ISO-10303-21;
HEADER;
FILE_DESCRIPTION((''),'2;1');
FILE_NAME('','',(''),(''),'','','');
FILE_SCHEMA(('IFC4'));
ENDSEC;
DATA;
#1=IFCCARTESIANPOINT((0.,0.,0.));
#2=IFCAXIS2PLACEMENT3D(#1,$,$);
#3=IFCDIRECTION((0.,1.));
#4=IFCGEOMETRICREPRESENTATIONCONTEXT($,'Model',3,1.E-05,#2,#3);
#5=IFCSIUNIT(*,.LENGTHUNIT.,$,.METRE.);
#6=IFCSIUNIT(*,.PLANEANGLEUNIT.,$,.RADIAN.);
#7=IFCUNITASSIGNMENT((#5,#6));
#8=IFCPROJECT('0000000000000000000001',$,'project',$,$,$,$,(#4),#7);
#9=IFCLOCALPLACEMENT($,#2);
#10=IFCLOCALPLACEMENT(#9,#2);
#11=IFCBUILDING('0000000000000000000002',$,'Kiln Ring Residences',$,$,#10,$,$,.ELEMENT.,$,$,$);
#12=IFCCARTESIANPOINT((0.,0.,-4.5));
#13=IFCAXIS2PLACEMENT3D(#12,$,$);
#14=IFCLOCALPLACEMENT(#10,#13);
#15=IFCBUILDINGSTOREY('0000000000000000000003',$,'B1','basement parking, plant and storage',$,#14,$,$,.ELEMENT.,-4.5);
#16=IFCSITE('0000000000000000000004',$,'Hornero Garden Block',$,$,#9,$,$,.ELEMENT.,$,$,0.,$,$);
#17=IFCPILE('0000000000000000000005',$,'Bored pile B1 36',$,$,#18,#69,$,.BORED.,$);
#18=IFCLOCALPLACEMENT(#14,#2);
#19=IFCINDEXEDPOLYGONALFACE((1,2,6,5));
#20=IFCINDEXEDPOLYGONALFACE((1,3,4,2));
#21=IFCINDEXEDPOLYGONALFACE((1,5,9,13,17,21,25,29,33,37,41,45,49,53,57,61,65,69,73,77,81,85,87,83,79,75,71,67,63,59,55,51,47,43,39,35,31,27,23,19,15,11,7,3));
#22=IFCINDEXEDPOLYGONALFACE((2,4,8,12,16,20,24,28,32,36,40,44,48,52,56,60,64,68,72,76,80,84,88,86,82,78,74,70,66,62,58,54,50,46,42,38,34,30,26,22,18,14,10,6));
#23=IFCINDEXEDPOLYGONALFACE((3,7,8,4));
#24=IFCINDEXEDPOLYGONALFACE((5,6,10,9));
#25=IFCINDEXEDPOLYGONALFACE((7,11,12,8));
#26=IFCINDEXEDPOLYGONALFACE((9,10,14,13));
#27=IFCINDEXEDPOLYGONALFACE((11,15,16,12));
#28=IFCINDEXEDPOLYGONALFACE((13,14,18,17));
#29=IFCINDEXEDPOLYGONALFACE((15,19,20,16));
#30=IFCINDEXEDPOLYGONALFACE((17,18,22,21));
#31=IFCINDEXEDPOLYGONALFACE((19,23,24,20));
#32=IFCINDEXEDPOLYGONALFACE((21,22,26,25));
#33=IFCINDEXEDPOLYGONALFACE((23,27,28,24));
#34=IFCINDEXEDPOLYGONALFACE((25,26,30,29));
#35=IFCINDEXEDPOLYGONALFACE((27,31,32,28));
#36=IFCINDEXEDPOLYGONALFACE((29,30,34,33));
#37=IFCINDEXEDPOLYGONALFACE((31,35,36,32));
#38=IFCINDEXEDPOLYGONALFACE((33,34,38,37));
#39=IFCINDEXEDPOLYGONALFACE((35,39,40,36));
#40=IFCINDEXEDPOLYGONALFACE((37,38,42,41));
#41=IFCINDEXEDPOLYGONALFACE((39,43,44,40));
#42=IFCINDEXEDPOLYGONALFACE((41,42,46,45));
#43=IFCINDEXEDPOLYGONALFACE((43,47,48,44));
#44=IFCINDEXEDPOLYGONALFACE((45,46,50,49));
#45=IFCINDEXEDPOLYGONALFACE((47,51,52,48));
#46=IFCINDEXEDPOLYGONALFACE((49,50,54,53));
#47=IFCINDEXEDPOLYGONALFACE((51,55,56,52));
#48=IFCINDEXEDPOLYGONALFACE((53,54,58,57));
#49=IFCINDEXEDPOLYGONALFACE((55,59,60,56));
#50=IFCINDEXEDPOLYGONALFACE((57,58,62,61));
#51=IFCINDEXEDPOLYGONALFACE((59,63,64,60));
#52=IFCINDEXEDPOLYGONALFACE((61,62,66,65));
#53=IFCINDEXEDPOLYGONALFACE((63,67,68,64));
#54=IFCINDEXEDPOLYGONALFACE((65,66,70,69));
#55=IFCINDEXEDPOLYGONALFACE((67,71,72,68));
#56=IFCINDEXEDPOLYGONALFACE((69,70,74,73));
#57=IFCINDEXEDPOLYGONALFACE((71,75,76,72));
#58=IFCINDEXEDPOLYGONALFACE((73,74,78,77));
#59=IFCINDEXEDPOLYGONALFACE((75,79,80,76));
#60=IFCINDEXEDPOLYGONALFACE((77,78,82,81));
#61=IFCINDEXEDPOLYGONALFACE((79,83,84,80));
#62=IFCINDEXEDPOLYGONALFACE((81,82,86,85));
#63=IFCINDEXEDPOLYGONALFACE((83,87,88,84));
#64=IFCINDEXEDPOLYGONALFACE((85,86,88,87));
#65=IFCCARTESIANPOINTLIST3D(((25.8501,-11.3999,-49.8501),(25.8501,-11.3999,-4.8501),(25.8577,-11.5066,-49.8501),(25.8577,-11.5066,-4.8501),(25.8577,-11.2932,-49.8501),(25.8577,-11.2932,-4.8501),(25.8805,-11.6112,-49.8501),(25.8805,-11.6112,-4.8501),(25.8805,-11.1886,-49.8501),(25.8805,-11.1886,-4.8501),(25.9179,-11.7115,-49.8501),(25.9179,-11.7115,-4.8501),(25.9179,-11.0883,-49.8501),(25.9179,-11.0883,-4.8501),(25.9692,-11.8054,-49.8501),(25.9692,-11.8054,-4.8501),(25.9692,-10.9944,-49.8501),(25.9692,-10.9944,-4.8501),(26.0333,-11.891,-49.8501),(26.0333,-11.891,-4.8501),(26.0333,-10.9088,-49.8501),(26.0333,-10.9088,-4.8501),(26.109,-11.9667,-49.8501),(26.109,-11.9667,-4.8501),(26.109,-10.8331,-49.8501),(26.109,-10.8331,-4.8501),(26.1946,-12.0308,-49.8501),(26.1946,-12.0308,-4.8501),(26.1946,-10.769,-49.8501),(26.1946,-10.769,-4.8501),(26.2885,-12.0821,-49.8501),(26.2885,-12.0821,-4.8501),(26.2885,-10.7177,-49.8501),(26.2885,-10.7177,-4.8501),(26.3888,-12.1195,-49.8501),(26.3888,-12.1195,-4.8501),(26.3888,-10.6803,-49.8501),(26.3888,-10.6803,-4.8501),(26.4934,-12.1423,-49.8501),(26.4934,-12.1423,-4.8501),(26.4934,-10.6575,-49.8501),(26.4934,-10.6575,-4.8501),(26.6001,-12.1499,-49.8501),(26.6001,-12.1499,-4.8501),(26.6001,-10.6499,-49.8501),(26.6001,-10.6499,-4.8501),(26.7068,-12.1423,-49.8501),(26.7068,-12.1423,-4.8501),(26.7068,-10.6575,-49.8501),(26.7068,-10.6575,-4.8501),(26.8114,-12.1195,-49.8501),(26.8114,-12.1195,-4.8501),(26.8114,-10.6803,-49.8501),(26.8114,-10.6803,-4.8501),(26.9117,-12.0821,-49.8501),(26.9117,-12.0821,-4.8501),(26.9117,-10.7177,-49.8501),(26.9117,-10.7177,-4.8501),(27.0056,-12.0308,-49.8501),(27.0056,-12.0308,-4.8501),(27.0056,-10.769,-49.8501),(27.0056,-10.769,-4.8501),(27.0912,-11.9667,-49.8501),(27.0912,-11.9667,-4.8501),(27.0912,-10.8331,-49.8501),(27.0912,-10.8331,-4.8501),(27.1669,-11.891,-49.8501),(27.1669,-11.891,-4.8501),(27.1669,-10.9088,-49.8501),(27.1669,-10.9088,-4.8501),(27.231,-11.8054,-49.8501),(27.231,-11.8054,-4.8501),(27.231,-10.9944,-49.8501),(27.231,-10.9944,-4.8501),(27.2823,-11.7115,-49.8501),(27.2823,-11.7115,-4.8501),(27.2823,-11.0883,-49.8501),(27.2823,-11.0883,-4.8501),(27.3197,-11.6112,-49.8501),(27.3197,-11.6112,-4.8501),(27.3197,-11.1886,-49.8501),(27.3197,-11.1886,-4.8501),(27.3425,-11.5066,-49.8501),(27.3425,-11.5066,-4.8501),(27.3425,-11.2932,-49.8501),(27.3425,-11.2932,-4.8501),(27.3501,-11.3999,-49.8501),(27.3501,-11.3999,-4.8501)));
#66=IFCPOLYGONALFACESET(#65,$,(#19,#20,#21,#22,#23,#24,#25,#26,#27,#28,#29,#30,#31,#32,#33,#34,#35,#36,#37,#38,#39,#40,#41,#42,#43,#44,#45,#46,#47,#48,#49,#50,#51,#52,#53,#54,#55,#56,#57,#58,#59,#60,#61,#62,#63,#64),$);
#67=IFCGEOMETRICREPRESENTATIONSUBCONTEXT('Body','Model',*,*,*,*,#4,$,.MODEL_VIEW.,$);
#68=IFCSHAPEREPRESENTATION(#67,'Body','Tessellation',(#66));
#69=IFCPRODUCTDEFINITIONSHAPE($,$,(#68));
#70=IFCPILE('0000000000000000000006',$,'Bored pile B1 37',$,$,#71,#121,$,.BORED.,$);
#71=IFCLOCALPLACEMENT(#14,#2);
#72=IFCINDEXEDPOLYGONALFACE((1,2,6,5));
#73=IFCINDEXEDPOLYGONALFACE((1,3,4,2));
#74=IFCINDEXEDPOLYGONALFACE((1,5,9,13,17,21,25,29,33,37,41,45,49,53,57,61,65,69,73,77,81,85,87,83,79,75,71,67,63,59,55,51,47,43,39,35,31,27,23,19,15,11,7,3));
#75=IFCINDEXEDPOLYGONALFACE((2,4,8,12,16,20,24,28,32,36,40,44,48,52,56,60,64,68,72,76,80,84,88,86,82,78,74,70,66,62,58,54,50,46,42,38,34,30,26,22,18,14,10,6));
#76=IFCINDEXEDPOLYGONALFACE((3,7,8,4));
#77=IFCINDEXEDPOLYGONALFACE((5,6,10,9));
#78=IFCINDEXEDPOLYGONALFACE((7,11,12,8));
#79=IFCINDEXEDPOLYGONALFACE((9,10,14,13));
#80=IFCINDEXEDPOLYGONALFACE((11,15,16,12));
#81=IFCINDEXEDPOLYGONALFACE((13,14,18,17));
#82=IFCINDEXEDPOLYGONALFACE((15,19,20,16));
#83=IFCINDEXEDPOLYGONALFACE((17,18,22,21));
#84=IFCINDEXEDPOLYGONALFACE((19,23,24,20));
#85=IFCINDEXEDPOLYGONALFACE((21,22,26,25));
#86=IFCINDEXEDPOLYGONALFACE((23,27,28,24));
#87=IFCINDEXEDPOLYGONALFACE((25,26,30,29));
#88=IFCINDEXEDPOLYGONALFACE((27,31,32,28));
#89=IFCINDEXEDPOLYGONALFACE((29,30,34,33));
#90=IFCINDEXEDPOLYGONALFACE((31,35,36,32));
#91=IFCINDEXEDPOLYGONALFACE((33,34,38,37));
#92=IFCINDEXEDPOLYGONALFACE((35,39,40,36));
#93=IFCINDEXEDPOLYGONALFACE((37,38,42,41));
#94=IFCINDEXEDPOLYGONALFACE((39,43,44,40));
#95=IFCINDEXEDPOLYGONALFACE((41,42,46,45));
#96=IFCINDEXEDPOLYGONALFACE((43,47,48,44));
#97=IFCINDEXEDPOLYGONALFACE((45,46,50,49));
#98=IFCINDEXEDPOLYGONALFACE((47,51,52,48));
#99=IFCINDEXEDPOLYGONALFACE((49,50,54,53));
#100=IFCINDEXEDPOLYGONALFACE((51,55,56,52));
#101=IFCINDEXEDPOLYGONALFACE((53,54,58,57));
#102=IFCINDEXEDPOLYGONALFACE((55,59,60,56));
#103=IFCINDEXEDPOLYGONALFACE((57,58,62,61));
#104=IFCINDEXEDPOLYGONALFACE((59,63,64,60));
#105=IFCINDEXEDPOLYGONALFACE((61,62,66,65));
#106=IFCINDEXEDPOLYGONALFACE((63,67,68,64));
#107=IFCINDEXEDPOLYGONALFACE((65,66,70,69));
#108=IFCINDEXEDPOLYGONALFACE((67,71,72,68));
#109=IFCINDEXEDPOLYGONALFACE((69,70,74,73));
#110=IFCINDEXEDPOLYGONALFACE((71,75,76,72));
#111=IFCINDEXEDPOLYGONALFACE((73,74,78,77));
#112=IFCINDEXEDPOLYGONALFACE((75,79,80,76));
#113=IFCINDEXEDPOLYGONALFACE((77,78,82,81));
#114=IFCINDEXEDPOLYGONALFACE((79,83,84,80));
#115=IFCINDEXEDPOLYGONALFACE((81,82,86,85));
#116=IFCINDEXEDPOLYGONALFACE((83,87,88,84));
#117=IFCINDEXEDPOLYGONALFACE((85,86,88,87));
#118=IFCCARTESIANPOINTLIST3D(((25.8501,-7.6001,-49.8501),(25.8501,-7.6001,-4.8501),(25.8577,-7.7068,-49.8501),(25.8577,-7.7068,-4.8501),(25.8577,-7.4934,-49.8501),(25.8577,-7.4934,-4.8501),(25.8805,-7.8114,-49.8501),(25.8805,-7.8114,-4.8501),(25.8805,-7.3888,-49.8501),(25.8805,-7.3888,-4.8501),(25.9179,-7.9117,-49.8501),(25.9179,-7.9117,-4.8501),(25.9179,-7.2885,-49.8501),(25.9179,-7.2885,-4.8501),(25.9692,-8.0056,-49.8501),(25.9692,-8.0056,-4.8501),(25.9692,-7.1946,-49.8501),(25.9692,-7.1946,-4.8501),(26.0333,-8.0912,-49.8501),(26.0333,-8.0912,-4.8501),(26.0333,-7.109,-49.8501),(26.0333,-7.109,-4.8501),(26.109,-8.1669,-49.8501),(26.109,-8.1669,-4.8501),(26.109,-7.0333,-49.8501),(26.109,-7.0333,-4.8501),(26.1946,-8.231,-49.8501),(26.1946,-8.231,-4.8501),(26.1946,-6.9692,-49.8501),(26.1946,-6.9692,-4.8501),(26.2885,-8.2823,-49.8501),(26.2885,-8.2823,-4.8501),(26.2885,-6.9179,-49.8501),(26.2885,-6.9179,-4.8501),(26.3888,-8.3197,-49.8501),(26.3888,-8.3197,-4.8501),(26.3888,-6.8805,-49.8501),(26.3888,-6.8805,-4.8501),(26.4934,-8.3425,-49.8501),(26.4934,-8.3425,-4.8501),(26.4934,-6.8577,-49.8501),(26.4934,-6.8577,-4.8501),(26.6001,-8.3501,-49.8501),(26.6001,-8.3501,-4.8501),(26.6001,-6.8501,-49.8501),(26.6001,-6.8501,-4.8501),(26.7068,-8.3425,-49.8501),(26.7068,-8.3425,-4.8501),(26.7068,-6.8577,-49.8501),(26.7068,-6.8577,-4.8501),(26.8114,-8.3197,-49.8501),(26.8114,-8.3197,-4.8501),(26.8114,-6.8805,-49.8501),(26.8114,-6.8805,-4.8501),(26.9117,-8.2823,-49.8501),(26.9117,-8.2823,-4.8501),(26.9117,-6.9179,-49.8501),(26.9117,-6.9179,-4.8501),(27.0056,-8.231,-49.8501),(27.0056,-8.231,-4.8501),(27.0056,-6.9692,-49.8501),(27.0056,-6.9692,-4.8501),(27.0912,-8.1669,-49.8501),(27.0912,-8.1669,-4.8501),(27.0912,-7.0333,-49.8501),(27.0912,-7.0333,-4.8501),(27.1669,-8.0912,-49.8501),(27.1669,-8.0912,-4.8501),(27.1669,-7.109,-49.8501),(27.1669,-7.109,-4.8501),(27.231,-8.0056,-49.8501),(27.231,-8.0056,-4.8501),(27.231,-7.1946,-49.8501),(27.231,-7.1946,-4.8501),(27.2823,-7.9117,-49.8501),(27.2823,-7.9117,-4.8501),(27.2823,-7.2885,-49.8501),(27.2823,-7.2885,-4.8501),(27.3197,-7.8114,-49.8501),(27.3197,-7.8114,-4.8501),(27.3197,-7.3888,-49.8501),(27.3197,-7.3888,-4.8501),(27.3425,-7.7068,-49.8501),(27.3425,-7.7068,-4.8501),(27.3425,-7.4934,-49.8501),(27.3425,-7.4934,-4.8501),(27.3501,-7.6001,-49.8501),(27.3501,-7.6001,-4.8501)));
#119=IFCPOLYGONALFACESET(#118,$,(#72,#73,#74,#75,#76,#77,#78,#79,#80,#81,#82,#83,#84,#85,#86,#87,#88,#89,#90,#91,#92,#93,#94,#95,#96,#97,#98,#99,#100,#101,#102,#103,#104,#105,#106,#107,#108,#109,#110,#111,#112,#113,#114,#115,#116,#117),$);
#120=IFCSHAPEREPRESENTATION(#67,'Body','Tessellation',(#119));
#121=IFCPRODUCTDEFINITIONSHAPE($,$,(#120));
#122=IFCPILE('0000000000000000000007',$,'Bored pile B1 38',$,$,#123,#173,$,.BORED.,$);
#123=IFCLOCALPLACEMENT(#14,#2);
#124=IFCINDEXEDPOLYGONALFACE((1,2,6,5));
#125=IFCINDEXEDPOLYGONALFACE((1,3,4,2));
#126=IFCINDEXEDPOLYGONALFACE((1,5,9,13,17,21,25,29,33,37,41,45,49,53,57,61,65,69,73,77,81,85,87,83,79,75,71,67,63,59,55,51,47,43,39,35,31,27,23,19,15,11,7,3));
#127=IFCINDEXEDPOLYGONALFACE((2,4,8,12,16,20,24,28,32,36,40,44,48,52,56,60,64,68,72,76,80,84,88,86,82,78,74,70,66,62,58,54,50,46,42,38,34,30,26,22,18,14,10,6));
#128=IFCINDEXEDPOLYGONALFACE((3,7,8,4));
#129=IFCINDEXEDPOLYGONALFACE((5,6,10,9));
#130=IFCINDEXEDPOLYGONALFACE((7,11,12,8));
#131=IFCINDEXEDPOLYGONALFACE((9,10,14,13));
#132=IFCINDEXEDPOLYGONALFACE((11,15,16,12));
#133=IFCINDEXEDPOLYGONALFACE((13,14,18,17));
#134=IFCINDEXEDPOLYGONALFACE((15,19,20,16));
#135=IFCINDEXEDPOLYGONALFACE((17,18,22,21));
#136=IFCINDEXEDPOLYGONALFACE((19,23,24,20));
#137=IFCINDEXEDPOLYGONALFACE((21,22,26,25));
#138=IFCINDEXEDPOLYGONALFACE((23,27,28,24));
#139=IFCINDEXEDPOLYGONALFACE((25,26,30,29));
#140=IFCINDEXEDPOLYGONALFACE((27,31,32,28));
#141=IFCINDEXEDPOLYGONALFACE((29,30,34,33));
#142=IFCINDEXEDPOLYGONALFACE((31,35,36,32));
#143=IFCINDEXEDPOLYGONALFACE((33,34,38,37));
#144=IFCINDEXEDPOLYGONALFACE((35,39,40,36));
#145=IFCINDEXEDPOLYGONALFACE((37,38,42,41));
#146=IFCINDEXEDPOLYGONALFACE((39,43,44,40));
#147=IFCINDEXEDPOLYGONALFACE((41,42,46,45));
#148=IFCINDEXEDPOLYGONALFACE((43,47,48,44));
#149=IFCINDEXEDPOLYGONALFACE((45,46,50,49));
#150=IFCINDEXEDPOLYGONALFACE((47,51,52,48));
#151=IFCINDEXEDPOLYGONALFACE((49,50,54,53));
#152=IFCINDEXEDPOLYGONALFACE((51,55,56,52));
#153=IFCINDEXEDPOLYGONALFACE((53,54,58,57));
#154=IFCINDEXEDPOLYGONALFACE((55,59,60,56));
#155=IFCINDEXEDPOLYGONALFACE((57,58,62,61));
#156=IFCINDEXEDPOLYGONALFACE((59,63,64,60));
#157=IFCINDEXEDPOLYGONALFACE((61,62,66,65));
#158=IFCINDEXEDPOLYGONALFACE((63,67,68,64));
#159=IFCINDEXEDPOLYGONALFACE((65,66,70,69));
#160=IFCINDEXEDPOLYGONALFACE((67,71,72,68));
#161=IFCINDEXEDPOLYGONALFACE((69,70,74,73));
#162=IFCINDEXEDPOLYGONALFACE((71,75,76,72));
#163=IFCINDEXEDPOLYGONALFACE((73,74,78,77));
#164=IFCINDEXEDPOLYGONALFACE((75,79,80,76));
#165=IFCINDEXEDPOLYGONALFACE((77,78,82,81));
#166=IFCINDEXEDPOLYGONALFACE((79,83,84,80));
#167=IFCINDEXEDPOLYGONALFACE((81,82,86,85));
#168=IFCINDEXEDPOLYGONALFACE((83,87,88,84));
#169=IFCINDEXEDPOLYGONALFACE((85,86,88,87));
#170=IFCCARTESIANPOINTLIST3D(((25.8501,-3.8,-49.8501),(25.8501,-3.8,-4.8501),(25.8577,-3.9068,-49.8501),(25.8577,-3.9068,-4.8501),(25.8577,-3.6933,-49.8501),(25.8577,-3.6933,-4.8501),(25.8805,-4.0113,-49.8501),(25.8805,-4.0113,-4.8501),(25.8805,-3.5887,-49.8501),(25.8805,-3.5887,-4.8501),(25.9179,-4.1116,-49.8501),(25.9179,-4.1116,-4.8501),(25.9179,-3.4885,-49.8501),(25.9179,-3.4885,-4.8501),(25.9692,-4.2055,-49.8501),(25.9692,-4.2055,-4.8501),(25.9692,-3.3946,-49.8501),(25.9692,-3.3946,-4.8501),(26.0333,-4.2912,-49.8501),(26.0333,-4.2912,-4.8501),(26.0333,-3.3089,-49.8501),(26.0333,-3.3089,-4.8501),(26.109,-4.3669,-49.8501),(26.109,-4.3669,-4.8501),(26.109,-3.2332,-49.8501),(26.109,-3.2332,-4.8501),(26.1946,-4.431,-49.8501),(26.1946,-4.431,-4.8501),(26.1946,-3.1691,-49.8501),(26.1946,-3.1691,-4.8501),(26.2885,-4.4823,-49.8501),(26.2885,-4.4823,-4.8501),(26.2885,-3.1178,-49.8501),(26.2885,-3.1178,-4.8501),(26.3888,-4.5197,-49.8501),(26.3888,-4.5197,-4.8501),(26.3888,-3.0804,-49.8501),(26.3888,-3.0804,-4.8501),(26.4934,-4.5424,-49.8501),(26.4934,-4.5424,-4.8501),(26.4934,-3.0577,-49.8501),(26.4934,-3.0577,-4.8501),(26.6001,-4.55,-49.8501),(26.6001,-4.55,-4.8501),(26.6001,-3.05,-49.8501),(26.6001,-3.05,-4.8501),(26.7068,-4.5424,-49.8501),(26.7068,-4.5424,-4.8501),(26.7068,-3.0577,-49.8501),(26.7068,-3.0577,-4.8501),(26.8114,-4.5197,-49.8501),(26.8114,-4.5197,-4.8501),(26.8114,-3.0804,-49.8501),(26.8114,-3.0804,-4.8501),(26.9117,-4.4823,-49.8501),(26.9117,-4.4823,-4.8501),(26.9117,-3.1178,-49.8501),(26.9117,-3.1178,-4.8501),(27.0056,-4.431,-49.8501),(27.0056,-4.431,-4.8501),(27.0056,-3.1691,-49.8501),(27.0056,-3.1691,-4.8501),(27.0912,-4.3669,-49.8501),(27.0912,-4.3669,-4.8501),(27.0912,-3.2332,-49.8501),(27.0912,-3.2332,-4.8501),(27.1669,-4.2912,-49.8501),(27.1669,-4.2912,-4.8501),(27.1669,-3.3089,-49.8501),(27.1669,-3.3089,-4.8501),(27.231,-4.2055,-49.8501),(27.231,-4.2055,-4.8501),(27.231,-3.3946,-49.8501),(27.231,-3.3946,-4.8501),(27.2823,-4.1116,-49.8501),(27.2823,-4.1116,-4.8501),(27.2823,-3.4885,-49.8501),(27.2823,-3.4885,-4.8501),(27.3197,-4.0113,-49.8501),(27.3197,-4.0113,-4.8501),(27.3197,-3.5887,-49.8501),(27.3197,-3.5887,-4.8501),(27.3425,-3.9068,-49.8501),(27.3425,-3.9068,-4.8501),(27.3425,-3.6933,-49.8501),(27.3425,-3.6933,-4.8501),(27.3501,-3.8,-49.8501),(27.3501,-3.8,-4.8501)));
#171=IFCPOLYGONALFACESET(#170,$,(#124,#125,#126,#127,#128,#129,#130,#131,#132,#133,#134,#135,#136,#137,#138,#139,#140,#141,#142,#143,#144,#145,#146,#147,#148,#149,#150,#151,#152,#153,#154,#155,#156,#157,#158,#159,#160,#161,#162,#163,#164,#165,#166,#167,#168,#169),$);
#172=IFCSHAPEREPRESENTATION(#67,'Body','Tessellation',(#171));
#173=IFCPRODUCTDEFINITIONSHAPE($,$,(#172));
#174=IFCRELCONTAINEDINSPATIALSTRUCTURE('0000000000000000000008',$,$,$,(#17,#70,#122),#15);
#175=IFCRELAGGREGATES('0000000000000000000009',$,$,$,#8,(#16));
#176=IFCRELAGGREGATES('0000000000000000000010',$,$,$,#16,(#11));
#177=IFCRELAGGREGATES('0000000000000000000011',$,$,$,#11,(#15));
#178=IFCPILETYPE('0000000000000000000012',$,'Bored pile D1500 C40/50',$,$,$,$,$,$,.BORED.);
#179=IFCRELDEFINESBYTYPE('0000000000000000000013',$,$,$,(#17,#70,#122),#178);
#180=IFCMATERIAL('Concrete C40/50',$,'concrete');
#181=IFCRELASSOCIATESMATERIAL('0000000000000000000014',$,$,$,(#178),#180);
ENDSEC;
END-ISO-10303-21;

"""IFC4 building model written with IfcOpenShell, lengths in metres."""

from ifc_helpers import new_model, si_unit, direction, frame, origin, origin_2d, place, context, subcontext, project, spatial, circle, extrude, material, material_profile, profile_set, type_object, element, save


model = new_model("IFC4")

# Units and contexts
model_context = context("Model", 3, precision=1e-05, world=origin(), true_north=direction((0.0, 1.0)))
body_context = subcontext(model_context, "Body", "Model", "MODEL_VIEW")
ifc_project = project(units=[si_unit("LENGTHUNIT", "METRE"), si_unit("PLANEANGLEUNIT", "RADIAN")], contexts=[model_context])

# Site, building, storey
site_placement = place(None, origin())
site = spatial("IfcSite", under=ifc_project, at=site_placement, Name="Hornero Garden Block", CompositionType="ELEMENT", RefElevation=0.0)
building_placement = place(site_placement, origin())
building = spatial("IfcBuilding", under=site, at=building_placement, Name="Kiln Ring Residences", CompositionType="ELEMENT")
storey_placement = place(building_placement, frame((0.0, 0.0, -4.5)))
storey = spatial("IfcBuildingStorey", under=building, at=storey_placement, Name="B1", Description="basement parking, plant and storage", CompositionType="ELEMENT", Elevation=-4.5)

# Piles
ifc_material_1 = material(Name="Concrete C40/50", Category="concrete")
ifc_material_profile = material_profile(ifc_material_1, circle(Radius=0.75, at=origin_2d()), Name="BORED1500")
ifc_profile_set = profile_set([ifc_material_profile], Name="Concrete C40/50")
pile_type = type_object("IfcPileType", Name="Bored pile D1500 C40/50", PredefinedType="BORED", material=ifc_profile_set)
for number, where, z_axis, x_axis, name in (
    (1, (26.6001, -11.3999, -4.8501), (0.0, 0.0, -1.0), (1.0, 0.0, 0.0), "Bored pile B1 36"),
    (2, (26.6001, -7.6001, -4.8501), (0.0, 0.0, -1.0), (1.0, 0.0, 0.0), "Bored pile B1 37"),
    (3, (26.6001, -3.8, -4.8501), (0.0, 0.0, -1.0), (1.0, 0.0, 0.0), "Bored pile B1 38"),
):
    element("IfcPile", number, at=place(storey_placement, frame(where, z_axis=z_axis, x_axis=x_axis)), inside=storey, type_object=pile_type, Name=name, PredefinedType="BORED", context=body_context, shape_type="SweptSolid", body=[
        extrude(circle(Radius=0.75, at=origin_2d()), origin(), (0.0, 0.0, 1.0), 45.0),
    ])

save(model, "model.ifc")
